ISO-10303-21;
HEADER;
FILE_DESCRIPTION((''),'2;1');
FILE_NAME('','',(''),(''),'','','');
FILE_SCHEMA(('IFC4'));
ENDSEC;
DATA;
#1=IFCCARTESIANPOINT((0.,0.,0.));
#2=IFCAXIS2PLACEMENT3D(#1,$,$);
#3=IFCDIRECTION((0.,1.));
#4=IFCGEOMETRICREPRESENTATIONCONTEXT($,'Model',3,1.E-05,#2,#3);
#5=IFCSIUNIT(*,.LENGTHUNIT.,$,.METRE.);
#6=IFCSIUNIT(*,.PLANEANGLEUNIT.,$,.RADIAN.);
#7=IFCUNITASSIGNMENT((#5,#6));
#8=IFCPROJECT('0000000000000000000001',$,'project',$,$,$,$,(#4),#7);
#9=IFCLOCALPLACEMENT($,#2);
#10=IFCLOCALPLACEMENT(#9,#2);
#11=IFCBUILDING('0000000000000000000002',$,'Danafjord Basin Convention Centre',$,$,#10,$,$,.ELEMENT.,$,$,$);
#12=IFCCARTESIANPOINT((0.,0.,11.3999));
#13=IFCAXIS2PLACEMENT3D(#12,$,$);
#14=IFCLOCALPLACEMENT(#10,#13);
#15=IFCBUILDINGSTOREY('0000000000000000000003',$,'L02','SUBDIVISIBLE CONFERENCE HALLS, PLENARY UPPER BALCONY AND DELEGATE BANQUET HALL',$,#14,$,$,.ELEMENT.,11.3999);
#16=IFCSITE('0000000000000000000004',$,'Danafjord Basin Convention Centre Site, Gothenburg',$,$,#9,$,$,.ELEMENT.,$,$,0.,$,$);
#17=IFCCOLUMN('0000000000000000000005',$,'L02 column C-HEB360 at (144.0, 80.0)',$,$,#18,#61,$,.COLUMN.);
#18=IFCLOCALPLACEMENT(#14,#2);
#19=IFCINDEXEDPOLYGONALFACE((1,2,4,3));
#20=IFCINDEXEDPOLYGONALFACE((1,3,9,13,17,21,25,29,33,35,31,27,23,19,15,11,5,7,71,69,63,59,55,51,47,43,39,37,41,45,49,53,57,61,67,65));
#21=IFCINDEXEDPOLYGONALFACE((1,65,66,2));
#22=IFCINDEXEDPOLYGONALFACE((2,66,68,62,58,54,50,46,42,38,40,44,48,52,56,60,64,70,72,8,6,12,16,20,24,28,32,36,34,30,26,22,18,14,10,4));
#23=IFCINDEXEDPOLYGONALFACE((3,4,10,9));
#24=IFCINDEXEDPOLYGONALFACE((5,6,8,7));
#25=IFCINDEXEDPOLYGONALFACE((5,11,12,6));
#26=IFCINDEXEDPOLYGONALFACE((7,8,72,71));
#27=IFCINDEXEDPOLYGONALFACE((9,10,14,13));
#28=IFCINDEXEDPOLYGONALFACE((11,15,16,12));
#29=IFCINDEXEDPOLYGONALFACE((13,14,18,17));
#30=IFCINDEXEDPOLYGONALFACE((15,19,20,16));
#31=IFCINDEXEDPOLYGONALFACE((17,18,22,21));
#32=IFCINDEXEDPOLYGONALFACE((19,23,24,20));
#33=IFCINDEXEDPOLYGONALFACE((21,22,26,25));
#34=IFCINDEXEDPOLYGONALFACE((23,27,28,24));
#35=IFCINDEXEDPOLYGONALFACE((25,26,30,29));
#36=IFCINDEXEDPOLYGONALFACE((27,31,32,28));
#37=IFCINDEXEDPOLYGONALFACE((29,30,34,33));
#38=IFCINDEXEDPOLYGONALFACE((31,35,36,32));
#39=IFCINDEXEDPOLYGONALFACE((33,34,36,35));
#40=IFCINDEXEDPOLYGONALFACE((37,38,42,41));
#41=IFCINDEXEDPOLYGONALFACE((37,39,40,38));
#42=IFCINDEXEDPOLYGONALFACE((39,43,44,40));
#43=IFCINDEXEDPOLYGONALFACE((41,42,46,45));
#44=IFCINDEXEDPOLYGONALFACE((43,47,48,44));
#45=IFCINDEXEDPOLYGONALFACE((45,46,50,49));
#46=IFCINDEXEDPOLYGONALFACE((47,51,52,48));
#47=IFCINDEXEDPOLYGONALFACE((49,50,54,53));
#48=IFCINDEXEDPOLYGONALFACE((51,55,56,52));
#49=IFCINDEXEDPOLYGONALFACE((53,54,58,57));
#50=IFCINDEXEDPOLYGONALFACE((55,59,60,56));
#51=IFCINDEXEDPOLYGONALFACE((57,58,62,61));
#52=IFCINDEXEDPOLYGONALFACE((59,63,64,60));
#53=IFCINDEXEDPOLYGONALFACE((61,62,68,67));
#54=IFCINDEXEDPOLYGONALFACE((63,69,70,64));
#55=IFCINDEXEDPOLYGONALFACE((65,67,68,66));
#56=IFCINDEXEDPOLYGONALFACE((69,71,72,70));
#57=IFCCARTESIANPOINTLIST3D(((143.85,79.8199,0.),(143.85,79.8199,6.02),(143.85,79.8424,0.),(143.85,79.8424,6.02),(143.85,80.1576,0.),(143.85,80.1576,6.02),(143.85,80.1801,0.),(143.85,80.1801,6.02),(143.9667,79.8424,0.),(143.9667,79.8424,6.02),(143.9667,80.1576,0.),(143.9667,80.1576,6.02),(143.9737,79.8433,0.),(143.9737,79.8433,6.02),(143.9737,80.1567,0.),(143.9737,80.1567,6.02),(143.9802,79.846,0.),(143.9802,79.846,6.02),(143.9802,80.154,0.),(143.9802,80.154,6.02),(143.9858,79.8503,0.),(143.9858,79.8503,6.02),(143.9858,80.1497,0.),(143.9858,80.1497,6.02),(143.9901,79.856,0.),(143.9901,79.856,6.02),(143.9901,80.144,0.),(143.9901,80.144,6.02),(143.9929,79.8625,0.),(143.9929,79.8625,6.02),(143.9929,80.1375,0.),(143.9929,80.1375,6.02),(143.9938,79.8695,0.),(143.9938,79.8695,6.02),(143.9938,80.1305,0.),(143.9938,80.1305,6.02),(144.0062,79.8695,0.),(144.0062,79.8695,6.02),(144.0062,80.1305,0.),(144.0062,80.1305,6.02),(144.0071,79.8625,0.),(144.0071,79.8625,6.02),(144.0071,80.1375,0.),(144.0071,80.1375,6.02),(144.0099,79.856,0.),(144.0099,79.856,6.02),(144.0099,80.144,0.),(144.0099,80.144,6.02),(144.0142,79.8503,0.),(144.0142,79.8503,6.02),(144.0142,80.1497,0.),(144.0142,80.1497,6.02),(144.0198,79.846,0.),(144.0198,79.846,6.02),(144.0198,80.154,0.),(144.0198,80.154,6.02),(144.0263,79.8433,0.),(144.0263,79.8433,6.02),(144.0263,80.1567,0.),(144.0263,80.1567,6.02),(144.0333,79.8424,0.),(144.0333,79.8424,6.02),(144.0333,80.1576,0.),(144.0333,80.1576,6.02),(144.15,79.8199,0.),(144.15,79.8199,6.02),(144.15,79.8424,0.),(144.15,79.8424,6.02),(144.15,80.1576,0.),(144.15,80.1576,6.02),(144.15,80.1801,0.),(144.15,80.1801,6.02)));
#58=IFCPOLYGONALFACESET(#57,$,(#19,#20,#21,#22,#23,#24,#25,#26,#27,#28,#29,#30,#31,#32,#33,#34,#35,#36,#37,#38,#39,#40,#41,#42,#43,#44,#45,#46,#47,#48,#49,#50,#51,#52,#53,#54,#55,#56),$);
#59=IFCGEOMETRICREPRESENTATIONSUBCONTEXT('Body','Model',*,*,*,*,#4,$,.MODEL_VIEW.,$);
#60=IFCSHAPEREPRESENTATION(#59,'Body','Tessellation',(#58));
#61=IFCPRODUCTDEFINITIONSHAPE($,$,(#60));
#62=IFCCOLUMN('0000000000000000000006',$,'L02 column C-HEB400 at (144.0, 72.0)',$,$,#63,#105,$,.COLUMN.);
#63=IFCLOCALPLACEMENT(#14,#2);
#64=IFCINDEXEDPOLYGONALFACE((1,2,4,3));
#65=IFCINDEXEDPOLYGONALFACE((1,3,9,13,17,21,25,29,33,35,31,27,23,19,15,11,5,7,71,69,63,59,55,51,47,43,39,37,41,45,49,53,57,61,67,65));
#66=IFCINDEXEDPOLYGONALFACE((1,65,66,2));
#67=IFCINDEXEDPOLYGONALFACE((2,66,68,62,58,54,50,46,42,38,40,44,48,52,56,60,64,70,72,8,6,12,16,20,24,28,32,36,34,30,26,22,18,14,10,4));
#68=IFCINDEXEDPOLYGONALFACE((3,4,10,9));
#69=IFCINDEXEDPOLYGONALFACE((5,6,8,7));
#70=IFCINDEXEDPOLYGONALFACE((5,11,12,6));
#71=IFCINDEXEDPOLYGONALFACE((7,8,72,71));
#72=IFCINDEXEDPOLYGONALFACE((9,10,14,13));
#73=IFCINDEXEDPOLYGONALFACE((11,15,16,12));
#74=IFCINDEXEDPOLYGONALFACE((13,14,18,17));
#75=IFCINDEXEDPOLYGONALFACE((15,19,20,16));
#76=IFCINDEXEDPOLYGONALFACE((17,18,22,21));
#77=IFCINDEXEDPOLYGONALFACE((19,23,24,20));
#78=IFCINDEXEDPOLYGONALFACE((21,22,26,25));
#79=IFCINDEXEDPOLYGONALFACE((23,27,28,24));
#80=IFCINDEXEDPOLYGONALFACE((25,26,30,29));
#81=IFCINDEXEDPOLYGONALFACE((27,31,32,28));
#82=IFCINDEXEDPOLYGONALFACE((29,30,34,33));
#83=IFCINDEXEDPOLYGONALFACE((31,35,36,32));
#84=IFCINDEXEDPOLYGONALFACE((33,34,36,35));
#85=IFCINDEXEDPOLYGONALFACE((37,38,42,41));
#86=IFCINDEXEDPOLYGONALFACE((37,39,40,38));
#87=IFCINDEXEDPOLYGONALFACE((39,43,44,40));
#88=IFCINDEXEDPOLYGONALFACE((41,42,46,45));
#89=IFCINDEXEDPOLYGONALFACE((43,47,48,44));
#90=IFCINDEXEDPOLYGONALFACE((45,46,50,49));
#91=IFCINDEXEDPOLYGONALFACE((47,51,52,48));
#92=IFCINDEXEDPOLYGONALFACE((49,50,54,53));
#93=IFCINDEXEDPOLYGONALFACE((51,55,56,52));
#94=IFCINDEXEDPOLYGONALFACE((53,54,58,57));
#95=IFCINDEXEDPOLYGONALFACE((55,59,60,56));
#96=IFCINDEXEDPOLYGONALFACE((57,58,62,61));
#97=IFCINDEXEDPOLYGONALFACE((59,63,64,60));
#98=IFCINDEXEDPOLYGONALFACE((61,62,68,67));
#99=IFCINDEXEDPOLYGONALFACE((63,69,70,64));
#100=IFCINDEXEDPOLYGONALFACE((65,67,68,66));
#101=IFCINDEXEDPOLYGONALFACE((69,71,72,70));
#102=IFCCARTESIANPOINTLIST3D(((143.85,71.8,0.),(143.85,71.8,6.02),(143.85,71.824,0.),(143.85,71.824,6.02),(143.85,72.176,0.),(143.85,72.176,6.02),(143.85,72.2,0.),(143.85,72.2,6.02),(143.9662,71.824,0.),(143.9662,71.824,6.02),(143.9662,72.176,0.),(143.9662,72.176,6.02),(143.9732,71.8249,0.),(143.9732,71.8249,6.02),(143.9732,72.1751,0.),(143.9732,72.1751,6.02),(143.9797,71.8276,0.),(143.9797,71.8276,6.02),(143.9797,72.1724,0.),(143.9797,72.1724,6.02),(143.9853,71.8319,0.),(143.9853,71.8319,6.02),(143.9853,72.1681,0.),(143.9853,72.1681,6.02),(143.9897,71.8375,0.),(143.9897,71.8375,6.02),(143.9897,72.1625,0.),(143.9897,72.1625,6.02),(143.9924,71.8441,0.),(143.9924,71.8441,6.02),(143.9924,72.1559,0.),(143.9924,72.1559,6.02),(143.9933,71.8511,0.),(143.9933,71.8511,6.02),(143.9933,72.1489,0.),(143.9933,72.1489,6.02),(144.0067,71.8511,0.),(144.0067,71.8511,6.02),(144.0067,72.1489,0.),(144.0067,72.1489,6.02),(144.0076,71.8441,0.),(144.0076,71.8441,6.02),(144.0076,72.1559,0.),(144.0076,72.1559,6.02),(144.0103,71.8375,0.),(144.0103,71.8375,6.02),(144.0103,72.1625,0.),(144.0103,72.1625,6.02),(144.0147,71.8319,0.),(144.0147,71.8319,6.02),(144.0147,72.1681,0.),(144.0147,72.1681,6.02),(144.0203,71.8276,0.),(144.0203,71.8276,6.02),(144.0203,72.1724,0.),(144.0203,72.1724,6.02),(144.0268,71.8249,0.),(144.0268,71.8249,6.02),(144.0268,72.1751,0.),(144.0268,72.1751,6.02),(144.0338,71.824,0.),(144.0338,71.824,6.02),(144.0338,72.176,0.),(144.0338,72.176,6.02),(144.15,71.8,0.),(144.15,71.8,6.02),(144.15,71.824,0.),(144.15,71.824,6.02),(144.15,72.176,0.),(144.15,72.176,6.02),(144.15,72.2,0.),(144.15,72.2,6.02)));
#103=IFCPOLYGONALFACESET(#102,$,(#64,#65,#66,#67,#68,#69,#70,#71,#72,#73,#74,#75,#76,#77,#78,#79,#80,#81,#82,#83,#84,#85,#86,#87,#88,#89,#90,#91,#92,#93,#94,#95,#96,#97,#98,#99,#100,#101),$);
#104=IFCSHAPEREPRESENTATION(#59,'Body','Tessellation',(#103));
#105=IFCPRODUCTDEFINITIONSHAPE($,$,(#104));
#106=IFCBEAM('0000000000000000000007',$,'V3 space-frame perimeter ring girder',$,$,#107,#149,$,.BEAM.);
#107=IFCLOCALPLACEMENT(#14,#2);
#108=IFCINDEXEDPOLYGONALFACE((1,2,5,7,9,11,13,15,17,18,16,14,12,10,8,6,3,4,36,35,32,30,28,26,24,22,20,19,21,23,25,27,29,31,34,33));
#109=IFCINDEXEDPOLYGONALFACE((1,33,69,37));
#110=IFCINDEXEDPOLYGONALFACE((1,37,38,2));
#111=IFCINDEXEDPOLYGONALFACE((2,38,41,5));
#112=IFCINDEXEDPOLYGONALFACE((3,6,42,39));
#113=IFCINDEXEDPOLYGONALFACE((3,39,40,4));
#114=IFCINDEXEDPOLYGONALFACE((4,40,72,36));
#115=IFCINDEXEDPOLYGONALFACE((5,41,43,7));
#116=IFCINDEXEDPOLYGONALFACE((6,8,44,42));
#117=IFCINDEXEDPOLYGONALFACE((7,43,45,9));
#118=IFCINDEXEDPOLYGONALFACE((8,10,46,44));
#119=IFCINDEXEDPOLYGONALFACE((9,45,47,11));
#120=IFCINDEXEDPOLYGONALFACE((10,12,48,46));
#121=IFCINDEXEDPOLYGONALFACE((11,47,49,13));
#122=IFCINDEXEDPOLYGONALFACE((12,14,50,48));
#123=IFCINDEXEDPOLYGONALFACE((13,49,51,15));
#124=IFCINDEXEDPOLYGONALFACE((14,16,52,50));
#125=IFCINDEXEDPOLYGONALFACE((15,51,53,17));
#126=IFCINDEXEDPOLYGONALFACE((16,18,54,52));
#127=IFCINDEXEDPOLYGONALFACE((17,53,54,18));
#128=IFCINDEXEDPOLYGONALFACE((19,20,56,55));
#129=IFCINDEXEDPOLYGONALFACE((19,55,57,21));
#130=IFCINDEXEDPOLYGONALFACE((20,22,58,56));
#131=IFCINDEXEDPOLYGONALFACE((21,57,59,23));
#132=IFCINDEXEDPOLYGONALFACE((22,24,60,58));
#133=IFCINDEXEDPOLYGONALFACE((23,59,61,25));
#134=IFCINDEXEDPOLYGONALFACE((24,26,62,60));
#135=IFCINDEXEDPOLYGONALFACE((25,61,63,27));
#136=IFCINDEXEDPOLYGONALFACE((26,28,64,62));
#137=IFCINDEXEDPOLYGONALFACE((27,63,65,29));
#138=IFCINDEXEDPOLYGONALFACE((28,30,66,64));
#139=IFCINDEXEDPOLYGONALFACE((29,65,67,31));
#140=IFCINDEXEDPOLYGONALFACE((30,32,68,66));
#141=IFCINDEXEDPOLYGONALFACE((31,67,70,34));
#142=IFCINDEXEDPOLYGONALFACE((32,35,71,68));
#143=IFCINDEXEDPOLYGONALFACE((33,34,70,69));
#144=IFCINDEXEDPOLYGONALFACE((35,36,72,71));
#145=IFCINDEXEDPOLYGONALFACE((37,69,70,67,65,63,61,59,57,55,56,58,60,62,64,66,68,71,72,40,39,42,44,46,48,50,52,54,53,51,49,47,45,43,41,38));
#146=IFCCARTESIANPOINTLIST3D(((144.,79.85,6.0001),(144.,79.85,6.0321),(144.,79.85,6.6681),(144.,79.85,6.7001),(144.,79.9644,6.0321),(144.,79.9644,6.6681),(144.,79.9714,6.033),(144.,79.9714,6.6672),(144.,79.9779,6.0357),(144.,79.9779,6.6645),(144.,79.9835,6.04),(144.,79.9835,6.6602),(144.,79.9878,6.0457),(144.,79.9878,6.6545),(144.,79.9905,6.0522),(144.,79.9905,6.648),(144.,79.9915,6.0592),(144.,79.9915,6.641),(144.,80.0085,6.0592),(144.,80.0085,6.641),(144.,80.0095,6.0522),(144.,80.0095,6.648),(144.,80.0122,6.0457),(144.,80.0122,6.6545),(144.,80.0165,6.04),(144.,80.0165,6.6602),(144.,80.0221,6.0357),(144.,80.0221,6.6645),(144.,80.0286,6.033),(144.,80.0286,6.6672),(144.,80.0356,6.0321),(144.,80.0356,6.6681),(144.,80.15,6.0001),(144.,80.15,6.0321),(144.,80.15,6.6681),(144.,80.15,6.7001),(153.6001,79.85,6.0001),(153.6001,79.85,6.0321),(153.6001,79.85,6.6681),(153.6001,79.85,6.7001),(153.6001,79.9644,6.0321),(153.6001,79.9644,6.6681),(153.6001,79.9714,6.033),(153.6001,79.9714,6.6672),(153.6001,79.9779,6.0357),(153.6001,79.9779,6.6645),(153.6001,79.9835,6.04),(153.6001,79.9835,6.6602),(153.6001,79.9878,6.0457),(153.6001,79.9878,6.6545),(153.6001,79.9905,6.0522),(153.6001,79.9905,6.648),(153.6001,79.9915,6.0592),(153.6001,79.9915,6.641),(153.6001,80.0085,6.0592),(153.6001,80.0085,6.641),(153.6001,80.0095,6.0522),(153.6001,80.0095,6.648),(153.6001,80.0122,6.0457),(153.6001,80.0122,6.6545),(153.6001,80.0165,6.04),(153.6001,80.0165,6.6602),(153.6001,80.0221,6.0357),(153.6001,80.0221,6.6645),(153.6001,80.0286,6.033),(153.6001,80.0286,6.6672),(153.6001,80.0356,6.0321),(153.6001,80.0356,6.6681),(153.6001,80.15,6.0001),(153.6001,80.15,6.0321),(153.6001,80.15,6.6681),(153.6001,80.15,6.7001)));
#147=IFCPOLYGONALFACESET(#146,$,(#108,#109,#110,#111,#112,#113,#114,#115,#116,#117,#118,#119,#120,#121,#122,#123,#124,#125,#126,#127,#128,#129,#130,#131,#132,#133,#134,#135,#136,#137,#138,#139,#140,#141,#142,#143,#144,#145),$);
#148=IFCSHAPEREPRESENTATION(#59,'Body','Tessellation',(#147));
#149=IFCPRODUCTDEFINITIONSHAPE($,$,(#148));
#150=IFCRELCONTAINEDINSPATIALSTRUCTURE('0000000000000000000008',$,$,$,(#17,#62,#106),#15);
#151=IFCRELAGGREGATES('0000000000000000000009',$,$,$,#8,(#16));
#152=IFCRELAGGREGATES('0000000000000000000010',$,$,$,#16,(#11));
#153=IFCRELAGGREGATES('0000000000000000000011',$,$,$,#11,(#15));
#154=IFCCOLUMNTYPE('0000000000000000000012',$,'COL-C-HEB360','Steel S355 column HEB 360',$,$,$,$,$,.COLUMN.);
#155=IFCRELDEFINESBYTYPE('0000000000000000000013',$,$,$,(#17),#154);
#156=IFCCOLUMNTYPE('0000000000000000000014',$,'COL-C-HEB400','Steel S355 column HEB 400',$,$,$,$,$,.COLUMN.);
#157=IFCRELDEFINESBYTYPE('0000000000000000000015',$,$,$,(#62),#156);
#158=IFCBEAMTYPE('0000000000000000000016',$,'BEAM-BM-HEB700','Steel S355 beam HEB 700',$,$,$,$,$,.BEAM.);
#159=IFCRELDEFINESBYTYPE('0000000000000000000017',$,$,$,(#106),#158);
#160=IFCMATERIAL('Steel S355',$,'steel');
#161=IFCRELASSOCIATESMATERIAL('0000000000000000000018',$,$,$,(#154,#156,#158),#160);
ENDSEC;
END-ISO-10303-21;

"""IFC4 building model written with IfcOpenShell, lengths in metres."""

from ifc_helpers import new_model, si_unit, direction, frame, origin, origin_2d, place, context, subcontext, project, spatial, i_section, extrude, material, material_profile, profile_set, type_object, element, save


model = new_model("IFC4")

# Units and contexts
model_context = context("Model", 3, precision=1e-05, world=origin(), true_north=direction((0.0, 1.0)))
body_context = subcontext(model_context, "Body", "Model", "MODEL_VIEW")
ifc_project = project(units=[si_unit("LENGTHUNIT", "METRE"), si_unit("PLANEANGLEUNIT", "RADIAN")], contexts=[model_context])

# Site, building, storey
site_placement = place(None, origin())
site = spatial("IfcSite", under=ifc_project, at=site_placement, Name="Danafjord Basin Convention Centre Site, Gothenburg", CompositionType="ELEMENT", RefElevation=0.0)
building_placement = place(site_placement, origin())
building = spatial("IfcBuilding", under=site, at=building_placement, Name="Danafjord Basin Convention Centre", CompositionType="ELEMENT")
storey_placement = place(building_placement, frame((0.0, 0.0, 11.3999)))
storey = spatial("IfcBuildingStorey", under=building, at=storey_placement, Name="L02", Description="SUBDIVISIBLE CONFERENCE HALLS, PLENARY UPPER BALCONY AND DELEGATE BANQUET HALL", CompositionType="ELEMENT", Elevation=11.3999)

# Columns
ifc_material = material(Name="Steel S355", Category="steel")
ifc_material_profile_1 = material_profile(ifc_material, i_section(OverallWidth=0.3, OverallDepth=0.3601, WebThickness=0.0125, FlangeThickness=0.0225, FilletRadius=0.0271, at=origin_2d()), Name="HEB 360")
ifc_profile_set_1 = profile_set([ifc_material_profile_1], Name="Steel S355")
column_type_1 = type_object("IfcColumnType", Name="COL-C-HEB360", Description="Steel S355 column HEB 360", PredefinedType="COLUMN", material=ifc_profile_set_1)
column_1_placement = place(storey_placement, frame((144.0, 80.0, 0.0), z_axis=(0.0, 0.0, 1.0), x_axis=(1.0, 0.0, 0.0)))
element("IfcColumn", 1, at=column_1_placement, inside=storey, type_object=column_type_1, Name="L02 column C-HEB360 at (144.0, 80.0)", PredefinedType="COLUMN", context=body_context, shape_type="SweptSolid", body=[
    extrude(i_section(OverallWidth=0.3, OverallDepth=0.3601, WebThickness=0.0125, FlangeThickness=0.0225, FilletRadius=0.0271, at=origin_2d()), origin(), (0.0, 0.0, 1.0), 6.02),
])
ifc_material_profile_2 = material_profile(ifc_material, i_section(OverallWidth=0.3, OverallDepth=0.3999, WebThickness=0.0134, FlangeThickness=0.0239, FilletRadius=0.0271, at=origin_2d()), Name="HEB 400")
ifc_profile_set_2 = profile_set([ifc_material_profile_2], Name="Steel S355")
column_type_2 = type_object("IfcColumnType", Name="COL-C-HEB400", Description="Steel S355 column HEB 400", PredefinedType="COLUMN", material=ifc_profile_set_2)
column_2_placement = place(storey_placement, frame((144.0, 72.0, 0.0), z_axis=(0.0, 0.0, 1.0), x_axis=(1.0, 0.0, 0.0)))
element("IfcColumn", 2, at=column_2_placement, inside=storey, type_object=column_type_2, Name="L02 column C-HEB400 at (144.0, 72.0)", PredefinedType="COLUMN", context=body_context, shape_type="SweptSolid", body=[
    extrude(i_section(OverallWidth=0.3, OverallDepth=0.3999, WebThickness=0.0134, FlangeThickness=0.0239, FilletRadius=0.0271, at=origin_2d()), origin(), (0.0, 0.0, 1.0), 6.02),
])

# Beam
ifc_material_profile_3 = material_profile(ifc_material, i_section(OverallWidth=0.3, OverallDepth=0.7, WebThickness=0.0171, FlangeThickness=0.032, FilletRadius=0.0271, at=origin_2d()), Name="HEB 700")
ifc_profile_set_3 = profile_set([ifc_material_profile_3], Name="Steel S355")
beam_type = type_object("IfcBeamType", Name="BEAM-BM-HEB700", Description="Steel S355 beam HEB 700", PredefinedType="BEAM", material=ifc_profile_set_3)
beam_placement = place(storey_placement, frame((144.0, 80.0, 6.3501), z_axis=(1.0, 0.0, 0.0), x_axis=(0.0, 1.0, 0.0)))
element("IfcBeam", 3, at=beam_placement, inside=storey, type_object=beam_type, Name="V3 space-frame perimeter ring girder", PredefinedType="BEAM", context=body_context, shape_type="SweptSolid", body=[
    extrude(i_section(OverallWidth=0.3, OverallDepth=0.7, WebThickness=0.0171, FlangeThickness=0.032, FilletRadius=0.0271, at=origin_2d()), origin(), (0.0, 0.0, 1.0), 9.6001),
])

save(model, "model.ifc")
